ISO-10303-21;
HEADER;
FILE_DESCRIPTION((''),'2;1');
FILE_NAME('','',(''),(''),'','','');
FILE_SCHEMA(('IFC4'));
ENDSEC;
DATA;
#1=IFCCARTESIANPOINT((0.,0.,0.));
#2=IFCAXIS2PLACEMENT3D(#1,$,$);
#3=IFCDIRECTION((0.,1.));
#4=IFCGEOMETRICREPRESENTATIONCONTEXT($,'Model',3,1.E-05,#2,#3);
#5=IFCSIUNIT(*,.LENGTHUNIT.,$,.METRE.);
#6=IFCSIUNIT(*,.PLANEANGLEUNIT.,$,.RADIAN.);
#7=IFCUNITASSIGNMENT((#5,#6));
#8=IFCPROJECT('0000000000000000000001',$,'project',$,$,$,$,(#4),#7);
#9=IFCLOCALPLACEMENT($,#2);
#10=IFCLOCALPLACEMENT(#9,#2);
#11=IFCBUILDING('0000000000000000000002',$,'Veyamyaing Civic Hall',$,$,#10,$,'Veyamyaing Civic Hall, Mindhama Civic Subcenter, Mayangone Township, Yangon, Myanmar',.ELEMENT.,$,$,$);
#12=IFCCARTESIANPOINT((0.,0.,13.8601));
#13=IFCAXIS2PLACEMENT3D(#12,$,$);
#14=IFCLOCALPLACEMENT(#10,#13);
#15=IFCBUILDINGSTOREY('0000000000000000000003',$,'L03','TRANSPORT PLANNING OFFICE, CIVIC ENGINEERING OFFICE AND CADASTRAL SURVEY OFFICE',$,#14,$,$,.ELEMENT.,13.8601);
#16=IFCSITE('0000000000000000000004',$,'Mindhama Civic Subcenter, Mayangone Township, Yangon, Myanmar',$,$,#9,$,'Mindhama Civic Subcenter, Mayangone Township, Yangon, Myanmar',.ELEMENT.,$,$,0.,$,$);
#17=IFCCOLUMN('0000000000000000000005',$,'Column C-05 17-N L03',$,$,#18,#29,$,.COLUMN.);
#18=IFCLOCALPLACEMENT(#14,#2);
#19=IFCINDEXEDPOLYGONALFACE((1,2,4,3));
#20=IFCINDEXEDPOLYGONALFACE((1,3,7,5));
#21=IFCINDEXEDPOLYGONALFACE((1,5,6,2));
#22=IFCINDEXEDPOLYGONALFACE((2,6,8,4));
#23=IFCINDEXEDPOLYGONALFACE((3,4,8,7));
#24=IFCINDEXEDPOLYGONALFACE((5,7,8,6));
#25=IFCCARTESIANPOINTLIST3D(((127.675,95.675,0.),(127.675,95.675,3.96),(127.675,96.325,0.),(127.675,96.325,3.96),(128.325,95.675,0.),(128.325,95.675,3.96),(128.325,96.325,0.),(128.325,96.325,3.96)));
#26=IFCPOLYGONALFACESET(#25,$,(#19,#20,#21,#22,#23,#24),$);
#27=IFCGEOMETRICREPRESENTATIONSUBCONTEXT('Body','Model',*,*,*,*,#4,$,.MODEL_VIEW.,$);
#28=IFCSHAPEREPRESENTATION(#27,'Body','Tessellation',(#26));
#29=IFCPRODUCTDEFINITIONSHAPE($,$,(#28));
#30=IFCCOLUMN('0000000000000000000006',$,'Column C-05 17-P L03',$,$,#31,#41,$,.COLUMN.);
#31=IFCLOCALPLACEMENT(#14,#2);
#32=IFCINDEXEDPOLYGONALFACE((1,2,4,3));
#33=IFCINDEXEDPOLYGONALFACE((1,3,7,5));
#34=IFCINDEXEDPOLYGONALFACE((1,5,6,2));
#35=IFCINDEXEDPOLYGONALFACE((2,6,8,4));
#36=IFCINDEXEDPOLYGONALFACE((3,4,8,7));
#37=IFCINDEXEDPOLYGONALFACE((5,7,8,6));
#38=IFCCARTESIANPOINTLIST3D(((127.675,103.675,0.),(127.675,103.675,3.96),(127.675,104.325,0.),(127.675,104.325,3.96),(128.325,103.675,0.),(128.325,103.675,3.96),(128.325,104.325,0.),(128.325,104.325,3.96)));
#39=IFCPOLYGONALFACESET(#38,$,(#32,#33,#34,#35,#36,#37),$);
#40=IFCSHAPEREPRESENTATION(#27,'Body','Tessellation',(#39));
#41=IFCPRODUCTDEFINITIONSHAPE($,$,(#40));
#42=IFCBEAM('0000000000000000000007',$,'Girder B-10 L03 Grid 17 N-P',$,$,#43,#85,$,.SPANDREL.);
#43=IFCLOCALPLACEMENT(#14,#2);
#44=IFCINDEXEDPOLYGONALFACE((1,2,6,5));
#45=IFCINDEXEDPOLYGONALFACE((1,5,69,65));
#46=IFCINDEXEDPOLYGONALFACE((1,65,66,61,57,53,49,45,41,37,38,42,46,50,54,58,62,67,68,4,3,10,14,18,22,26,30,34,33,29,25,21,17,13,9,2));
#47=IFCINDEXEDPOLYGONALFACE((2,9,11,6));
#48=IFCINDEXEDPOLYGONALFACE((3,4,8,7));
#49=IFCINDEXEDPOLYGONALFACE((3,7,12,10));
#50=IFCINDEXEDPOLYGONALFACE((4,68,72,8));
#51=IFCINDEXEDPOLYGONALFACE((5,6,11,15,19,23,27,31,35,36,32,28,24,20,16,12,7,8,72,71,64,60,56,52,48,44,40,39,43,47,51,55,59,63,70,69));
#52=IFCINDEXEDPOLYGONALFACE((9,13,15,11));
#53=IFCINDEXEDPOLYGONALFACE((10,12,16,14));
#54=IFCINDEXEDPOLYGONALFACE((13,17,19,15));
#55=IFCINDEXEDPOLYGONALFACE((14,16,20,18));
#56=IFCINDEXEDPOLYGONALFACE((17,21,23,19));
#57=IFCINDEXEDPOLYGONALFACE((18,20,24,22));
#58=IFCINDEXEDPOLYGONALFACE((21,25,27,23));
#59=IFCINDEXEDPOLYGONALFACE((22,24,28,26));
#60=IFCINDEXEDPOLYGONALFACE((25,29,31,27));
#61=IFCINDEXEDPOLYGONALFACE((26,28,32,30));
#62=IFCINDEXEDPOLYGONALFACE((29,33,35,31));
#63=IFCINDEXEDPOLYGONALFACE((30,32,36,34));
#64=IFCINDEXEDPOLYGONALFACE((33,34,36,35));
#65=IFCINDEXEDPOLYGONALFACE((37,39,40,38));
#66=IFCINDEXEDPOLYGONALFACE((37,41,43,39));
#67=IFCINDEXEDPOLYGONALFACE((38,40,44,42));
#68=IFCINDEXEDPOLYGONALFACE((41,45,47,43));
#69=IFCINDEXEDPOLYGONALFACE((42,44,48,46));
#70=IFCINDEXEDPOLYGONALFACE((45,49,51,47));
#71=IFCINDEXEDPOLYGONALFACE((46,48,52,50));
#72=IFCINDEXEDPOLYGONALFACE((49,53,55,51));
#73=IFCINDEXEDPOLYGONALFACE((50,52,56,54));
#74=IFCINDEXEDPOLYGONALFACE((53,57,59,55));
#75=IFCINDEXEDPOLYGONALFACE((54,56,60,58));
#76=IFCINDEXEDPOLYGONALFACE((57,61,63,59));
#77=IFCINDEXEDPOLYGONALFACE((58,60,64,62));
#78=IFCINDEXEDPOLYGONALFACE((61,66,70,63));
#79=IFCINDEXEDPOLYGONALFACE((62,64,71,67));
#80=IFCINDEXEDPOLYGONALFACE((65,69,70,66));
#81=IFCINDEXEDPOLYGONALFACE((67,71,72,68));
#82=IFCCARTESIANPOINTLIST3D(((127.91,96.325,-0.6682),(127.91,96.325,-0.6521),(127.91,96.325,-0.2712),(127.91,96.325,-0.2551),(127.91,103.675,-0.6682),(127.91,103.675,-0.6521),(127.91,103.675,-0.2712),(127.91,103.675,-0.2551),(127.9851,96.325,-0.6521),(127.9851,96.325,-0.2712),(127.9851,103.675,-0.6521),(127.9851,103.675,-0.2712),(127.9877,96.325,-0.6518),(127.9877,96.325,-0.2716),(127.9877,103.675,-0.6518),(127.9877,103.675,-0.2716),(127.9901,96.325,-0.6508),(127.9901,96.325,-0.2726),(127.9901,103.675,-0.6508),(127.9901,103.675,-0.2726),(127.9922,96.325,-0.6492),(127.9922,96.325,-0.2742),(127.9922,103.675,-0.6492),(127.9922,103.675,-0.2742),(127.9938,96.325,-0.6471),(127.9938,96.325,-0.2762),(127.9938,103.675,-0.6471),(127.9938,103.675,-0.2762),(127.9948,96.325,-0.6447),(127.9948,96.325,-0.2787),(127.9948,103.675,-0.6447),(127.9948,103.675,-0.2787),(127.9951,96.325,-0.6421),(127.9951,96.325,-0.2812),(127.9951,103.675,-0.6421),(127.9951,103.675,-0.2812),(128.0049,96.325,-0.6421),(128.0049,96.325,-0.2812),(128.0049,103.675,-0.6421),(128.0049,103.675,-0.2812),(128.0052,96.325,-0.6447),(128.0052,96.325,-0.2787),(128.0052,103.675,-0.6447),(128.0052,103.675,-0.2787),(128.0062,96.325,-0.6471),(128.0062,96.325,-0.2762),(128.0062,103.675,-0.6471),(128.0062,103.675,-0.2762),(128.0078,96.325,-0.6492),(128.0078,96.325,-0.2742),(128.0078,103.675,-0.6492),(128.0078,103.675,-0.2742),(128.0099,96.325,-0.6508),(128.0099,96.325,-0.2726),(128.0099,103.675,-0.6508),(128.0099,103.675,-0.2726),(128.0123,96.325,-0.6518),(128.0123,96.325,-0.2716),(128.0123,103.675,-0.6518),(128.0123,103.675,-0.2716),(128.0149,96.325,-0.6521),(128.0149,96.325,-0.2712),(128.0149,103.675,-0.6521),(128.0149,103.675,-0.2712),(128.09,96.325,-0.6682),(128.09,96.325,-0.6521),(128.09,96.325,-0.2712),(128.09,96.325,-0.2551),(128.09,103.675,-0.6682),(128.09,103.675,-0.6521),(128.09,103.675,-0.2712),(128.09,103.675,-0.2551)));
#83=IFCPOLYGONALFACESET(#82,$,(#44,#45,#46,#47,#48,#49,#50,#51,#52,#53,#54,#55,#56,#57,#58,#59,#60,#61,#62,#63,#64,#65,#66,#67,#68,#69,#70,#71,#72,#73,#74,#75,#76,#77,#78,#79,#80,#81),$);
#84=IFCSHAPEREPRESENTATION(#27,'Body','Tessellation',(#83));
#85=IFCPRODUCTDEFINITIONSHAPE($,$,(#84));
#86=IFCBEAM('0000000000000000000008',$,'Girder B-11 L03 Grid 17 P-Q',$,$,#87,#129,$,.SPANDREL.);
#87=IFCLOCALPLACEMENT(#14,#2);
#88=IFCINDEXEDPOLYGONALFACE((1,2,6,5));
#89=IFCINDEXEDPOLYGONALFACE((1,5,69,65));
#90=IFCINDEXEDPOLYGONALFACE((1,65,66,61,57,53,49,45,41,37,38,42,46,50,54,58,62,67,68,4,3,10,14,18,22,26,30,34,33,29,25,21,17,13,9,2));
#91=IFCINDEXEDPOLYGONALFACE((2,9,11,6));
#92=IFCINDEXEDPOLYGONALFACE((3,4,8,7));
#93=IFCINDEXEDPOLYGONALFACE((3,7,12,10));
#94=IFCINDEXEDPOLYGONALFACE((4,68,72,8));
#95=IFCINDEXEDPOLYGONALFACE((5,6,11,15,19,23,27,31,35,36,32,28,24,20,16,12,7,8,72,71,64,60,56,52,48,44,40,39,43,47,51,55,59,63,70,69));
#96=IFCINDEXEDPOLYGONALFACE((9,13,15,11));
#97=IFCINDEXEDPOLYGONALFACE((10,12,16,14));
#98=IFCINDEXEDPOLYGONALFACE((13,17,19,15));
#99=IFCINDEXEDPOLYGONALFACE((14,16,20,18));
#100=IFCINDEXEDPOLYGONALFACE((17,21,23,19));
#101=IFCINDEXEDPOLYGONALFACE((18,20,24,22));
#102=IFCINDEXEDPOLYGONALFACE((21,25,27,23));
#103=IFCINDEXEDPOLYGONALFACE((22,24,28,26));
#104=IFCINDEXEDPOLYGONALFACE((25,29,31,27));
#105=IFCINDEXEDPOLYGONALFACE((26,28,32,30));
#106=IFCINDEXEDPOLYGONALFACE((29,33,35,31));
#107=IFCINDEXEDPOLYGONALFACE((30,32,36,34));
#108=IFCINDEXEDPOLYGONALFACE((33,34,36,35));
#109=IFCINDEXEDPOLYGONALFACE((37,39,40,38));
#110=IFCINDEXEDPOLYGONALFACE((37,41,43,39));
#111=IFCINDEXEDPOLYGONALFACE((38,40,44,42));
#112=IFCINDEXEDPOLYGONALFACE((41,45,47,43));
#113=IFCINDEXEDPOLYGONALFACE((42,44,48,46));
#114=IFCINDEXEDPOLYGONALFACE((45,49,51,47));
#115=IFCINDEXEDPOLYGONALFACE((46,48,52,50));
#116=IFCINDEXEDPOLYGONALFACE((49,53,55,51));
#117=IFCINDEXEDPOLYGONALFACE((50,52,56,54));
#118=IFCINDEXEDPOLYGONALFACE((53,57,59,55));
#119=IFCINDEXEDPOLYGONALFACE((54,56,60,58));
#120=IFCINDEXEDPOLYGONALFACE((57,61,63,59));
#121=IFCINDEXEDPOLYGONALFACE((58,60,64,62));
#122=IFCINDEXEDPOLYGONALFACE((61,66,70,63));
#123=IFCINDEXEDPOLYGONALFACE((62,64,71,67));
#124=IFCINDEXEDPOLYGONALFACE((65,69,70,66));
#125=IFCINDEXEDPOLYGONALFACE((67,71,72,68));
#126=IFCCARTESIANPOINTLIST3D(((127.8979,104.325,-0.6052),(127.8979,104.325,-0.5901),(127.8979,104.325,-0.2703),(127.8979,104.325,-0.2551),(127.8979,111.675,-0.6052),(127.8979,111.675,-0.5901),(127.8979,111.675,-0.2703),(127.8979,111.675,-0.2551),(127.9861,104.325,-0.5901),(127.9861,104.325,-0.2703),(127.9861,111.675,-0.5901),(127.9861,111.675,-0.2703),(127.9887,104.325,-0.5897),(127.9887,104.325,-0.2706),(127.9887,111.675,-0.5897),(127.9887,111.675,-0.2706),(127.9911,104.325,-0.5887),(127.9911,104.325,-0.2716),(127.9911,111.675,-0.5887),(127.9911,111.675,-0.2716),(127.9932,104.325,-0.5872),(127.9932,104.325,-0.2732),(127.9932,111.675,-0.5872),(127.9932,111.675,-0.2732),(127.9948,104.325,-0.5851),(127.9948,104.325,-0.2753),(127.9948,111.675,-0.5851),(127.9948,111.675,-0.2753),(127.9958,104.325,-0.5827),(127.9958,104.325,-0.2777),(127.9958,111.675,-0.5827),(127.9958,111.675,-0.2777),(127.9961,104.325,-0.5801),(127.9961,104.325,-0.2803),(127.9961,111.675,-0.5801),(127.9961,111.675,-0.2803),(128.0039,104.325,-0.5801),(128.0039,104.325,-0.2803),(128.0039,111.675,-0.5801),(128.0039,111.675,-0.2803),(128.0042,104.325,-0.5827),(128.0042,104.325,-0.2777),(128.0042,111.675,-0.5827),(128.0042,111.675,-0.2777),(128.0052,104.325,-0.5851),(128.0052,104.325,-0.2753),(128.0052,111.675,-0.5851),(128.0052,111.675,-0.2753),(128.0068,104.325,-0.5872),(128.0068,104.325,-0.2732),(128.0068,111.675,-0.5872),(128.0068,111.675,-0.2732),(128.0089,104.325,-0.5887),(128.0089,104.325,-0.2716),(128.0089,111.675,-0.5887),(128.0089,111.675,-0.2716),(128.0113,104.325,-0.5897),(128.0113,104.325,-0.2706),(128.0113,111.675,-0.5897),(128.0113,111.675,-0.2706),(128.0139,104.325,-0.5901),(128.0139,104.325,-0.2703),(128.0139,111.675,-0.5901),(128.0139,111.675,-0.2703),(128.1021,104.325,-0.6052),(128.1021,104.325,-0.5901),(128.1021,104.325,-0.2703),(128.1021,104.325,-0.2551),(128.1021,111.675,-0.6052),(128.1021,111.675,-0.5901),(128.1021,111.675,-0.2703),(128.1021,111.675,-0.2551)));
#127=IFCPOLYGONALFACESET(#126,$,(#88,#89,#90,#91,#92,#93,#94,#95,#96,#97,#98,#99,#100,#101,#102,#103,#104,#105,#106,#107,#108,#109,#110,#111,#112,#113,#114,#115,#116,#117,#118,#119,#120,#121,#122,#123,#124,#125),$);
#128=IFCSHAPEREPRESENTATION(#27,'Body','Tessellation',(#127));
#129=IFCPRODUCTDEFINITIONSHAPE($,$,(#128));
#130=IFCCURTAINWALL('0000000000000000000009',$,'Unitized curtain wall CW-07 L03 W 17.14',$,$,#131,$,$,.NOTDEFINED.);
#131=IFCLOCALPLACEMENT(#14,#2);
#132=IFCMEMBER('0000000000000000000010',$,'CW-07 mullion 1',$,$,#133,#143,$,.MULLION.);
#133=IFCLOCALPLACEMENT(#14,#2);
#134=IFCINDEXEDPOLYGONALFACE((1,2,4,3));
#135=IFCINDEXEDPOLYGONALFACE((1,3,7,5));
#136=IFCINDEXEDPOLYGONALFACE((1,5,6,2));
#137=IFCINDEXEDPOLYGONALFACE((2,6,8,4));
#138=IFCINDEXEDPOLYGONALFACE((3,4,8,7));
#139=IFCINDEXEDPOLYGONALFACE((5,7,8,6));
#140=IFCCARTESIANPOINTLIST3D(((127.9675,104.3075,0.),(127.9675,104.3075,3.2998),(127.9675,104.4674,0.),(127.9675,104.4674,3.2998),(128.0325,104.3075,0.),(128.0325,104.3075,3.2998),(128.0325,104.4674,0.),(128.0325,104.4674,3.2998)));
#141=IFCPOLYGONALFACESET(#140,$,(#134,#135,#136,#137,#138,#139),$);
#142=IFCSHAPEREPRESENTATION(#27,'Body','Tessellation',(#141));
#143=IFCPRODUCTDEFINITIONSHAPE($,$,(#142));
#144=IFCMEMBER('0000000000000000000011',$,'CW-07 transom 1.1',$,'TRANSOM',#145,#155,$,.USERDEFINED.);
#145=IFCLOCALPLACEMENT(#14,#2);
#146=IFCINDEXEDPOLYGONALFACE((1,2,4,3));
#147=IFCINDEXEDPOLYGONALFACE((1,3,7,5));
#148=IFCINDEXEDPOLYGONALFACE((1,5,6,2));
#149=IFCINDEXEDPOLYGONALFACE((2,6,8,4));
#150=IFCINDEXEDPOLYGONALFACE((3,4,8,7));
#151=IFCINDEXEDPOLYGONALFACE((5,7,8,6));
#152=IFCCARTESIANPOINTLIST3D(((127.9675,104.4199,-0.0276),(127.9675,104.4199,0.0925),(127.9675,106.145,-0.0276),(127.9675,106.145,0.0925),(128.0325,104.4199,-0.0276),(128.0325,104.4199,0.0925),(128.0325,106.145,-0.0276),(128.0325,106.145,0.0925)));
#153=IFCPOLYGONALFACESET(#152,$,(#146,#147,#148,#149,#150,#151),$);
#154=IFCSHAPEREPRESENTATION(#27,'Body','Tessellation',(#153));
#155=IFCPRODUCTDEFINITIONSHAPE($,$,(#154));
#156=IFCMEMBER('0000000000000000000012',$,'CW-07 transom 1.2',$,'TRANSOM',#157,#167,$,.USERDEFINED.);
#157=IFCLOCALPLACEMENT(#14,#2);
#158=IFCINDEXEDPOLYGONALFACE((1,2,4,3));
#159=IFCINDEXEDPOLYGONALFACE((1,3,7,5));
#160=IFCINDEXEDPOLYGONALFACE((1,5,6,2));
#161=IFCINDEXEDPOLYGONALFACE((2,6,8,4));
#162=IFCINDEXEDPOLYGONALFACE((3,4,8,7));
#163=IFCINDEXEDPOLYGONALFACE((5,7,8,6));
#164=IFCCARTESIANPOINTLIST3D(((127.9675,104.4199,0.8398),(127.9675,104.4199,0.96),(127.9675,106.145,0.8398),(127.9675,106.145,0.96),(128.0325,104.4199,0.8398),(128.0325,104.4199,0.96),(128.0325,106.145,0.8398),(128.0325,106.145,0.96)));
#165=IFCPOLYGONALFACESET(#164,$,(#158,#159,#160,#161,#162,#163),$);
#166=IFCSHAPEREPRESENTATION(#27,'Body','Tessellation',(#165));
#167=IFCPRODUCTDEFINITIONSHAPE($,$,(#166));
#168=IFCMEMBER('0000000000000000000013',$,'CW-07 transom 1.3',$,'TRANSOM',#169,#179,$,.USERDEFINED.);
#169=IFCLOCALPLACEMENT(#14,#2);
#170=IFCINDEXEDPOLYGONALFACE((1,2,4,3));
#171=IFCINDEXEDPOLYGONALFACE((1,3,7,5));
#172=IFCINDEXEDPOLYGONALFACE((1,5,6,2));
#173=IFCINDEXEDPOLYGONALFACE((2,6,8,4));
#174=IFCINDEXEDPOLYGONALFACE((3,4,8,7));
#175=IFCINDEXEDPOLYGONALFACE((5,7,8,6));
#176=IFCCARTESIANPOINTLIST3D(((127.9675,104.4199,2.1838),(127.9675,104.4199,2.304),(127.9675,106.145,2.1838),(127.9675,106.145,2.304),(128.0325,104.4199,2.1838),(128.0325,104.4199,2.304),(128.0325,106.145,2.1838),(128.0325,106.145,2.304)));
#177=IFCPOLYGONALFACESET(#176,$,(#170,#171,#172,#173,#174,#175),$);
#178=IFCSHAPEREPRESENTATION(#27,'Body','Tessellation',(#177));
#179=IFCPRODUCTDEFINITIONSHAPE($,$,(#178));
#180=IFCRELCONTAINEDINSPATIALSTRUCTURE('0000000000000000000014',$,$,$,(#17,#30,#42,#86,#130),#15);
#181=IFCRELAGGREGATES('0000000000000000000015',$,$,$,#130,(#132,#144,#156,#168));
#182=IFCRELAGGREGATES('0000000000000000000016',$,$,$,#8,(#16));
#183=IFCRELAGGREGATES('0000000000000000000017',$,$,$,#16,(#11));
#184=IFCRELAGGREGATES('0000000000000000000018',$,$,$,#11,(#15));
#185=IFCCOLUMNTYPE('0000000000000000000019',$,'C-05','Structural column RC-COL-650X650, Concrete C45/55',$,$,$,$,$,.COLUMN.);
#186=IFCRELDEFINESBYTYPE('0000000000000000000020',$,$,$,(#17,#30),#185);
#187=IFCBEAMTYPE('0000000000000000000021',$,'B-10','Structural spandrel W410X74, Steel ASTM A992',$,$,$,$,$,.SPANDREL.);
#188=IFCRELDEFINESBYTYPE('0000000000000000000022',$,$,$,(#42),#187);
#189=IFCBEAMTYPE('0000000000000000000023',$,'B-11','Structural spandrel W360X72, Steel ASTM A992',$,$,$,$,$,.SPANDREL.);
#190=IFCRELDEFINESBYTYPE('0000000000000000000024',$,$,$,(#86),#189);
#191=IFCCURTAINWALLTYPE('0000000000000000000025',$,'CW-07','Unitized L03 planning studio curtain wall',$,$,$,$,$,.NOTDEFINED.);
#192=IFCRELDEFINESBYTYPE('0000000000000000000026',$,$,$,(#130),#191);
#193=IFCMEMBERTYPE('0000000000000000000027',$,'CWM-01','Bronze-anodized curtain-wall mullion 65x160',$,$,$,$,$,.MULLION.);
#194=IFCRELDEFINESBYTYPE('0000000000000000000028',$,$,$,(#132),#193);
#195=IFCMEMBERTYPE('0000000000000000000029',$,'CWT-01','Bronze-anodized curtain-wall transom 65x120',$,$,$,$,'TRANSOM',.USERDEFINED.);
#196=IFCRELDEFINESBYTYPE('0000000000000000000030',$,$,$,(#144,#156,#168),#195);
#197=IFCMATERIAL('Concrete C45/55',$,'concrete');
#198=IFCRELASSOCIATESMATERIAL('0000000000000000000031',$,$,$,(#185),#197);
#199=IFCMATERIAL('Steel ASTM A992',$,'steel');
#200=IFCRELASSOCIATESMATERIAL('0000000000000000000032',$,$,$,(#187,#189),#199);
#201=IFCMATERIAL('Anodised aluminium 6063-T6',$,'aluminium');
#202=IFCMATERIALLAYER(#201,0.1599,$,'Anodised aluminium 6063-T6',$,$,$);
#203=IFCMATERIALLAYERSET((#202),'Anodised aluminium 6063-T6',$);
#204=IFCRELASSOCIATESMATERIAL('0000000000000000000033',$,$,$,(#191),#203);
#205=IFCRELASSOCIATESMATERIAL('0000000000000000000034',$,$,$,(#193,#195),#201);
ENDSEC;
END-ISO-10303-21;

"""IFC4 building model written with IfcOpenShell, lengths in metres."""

from ifc_helpers import new_model, si_unit, direction, frame, origin, origin_2d, place, context, subcontext, project, spatial, rectangle, i_section, extrude, material, layer, layer_set, material_profile, profile_set, type_object, element, aggregate, save


model = new_model("IFC4")

# Units and contexts
model_context = context("Model", 3, precision=1e-05, world=origin(), true_north=direction((0.0, 1.0)))
body_context = subcontext(model_context, "Body", "Model", "MODEL_VIEW")
ifc_project = project(units=[si_unit("LENGTHUNIT", "METRE"), si_unit("PLANEANGLEUNIT", "RADIAN")], contexts=[model_context])

# Site, building, storey
site_placement = place(None, origin())
site = spatial("IfcSite", under=ifc_project, at=site_placement, Name="Mindhama Civic Subcenter, Mayangone Township, Yangon, Myanmar", LongName="Mindhama Civic Subcenter, Mayangone Township, Yangon, Myanmar", CompositionType="ELEMENT", RefElevation=0.0)
building_placement = place(site_placement, origin())
building = spatial("IfcBuilding", under=site, at=building_placement, Name="Veyamyaing Civic Hall", LongName="Veyamyaing Civic Hall, Mindhama Civic Subcenter, Mayangone Township, Yangon, Myanmar", CompositionType="ELEMENT")
storey_placement = place(building_placement, frame((0.0, 0.0, 13.8601)))
storey = spatial("IfcBuildingStorey", under=building, at=storey_placement, Name="L03", Description="TRANSPORT PLANNING OFFICE, CIVIC ENGINEERING OFFICE AND CADASTRAL SURVEY OFFICE", CompositionType="ELEMENT", Elevation=13.8601)

# Columns
ifc_material_1 = material(Name="Concrete C45/55", Category="concrete")
ifc_material_profile_1 = material_profile(ifc_material_1, rectangle(XDim=0.6499, YDim=0.6499, at=origin_2d()), Name="RC-COL-650X650")
ifc_profile_set_1 = profile_set([ifc_material_profile_1], Name="Concrete C45/55")
column_type = type_object("IfcColumnType", Name="C-05", Description="Structural column RC-COL-650X650, Concrete C45/55", PredefinedType="COLUMN", material=ifc_profile_set_1)
for number, where, z_axis, x_axis, name in (
    (1, (128.0, 96.0, 0.0), (0.0, 0.0, 1.0), (1.0, 0.0, 0.0), "Column C-05 17-N L03"),
    (2, (128.0, 104.0, 0.0), (0.0, 0.0, 1.0), (1.0, 0.0, 0.0), "Column C-05 17-P L03"),
):
    element("IfcColumn", number, at=place(storey_placement, frame(where, z_axis=z_axis, x_axis=x_axis)), inside=storey, type_object=column_type, Name=name, PredefinedType="COLUMN", context=body_context, shape_type="SweptSolid", body=[
        extrude(rectangle(XDim=0.6499, YDim=0.6499, at=origin_2d()), origin(), (0.0, 0.0, 1.0), 3.96),
    ])

# Beams
ifc_material_2 = material(Name="Steel ASTM A992", Category="steel")
ifc_material_profile_2 = material_profile(ifc_material_2, i_section(OverallWidth=0.1799, OverallDepth=0.4131, WebThickness=0.0098, FlangeThickness=0.0161, FilletRadius=0.01, at=origin_2d()), Name="W410X74")
ifc_profile_set_2 = profile_set([ifc_material_profile_2], Name="Steel ASTM A992")
beam_type_1 = type_object("IfcBeamType", Name="B-10", Description="Structural spandrel W410X74, Steel ASTM A992", PredefinedType="SPANDREL", material=ifc_profile_set_2)
beam_1_placement = place(storey_placement, frame((128.0, 96.325, -0.4617), z_axis=(0.0, 1.0, 0.0), x_axis=(-1.0, 0.0, 0.0)))
element("IfcBeam", 3, at=beam_1_placement, inside=storey, type_object=beam_type_1, Name="Girder B-10 L03 Grid 17 N-P", PredefinedType="SPANDREL", context=body_context, shape_type="SweptSolid", body=[
    extrude(i_section(OverallWidth=0.1799, OverallDepth=0.4131, WebThickness=0.0098, FlangeThickness=0.0161, FilletRadius=0.01, at=origin_2d()), origin(), (0.0, 0.0, 1.0), 7.3501),
])
ifc_material_profile_3 = material_profile(ifc_material_2, i_section(OverallWidth=0.2041, OverallDepth=0.3501, WebThickness=0.0078, FlangeThickness=0.0151, FilletRadius=0.01, at=origin_2d()), Name="W360X72")
ifc_profile_set_3 = profile_set([ifc_material_profile_3], Name="Steel ASTM A992")
beam_type_2 = type_object("IfcBeamType", Name="B-11", Description="Structural spandrel W360X72, Steel ASTM A992", PredefinedType="SPANDREL", material=ifc_profile_set_3)
beam_2_placement = place(storey_placement, frame((128.0, 104.325, -0.4302), z_axis=(0.0, 1.0, 0.0), x_axis=(-1.0, 0.0, 0.0)))
element("IfcBeam", 4, at=beam_2_placement, inside=storey, type_object=beam_type_2, Name="Girder B-11 L03 Grid 17 P-Q", PredefinedType="SPANDREL", context=body_context, shape_type="SweptSolid", body=[
    extrude(i_section(OverallWidth=0.2041, OverallDepth=0.3501, WebThickness=0.0078, FlangeThickness=0.0151, FilletRadius=0.01, at=origin_2d()), origin(), (0.0, 0.0, 1.0), 7.3501),
])

# Curtain wall, members
ifc_material_3 = material(Name="Anodised aluminium 6063-T6", Category="aluminium")
ifc_layer_1 = layer(ifc_material_3, 0.1599, Name="Anodised aluminium 6063-T6")
ifc_layer_set_1 = layer_set([ifc_layer_1], Name="Anodised aluminium 6063-T6")
curtain_wall_type = type_object("IfcCurtainWallType", Name="CW-07", Description="Unitized L03 planning studio curtain wall", PredefinedType="NOTDEFINED", material=ifc_layer_set_1)
curtain_wall_placement = place(storey_placement, origin())
curtain_wall = element("IfcCurtainWall", 5, at=curtain_wall_placement, inside=storey, type_object=curtain_wall_type, Name="Unitized curtain wall CW-07 L03 W 17.14", PredefinedType="NOTDEFINED")
ifc_material_profile_4 = material_profile(ifc_material_3, rectangle(XDim=0.0649, YDim=0.1599, at=origin_2d()), Name="ALU-MUL-65X160")
ifc_profile_set_4 = profile_set([ifc_material_profile_4], Name="Anodised aluminium 6063-T6")
member_type_1 = type_object("IfcMemberType", Name="CWM-01", Description="Bronze-anodized curtain-wall mullion 65x160", PredefinedType="MULLION", material=ifc_profile_set_4)
member_1_placement = place(storey_placement, frame((128.0, 104.3875, 0.0), z_axis=(0.0, 0.0, 1.0), x_axis=(-1.0, 0.0, 0.0)))
member_1 = element("IfcMember", 6, at=member_1_placement, type_object=member_type_1, Name="CW-07 mullion 1", PredefinedType="MULLION", context=body_context, shape_type="SweptSolid", body=[
    extrude(rectangle(XDim=0.0649, YDim=0.1599, at=origin_2d()), origin(), (0.0, 0.0, 1.0), 3.2998),
])
ifc_material_profile_5 = material_profile(ifc_material_3, rectangle(XDim=0.0649, YDim=0.1201, at=origin_2d()), Name="ALU-TRN-65X120")
ifc_profile_set_5 = profile_set([ifc_material_profile_5], Name="Anodised aluminium 6063-T6")
member_type_2 = type_object("IfcMemberType", Name="CWT-01", Description="Bronze-anodized curtain-wall transom 65x120", ElementType="TRANSOM", PredefinedType="USERDEFINED", material=ifc_profile_set_5)
member_2_placement = place(storey_placement, frame((128.0, 104.4199, 0.0325), z_axis=(0.0, 1.0, 0.0), x_axis=(-1.0, 0.0, 0.0)))
member_2 = element("IfcMember", 7, at=member_2_placement, type_object=member_type_2, Name="CW-07 transom 1.1", ObjectType="TRANSOM", PredefinedType="USERDEFINED", context=body_context, shape_type="SweptSolid", body=[
    extrude(rectangle(XDim=0.0649, YDim=0.1201, at=origin_2d()), origin(), (0.0, 0.0, 1.0), 1.7251),
])
member_3_placement = place(storey_placement, frame((128.0, 104.4199, 0.8999), z_axis=(0.0, 1.0, 0.0), x_axis=(-1.0, 0.0, 0.0)))
member_3 = element("IfcMember", 8, at=member_3_placement, type_object=member_type_2, Name="CW-07 transom 1.2", ObjectType="TRANSOM", PredefinedType="USERDEFINED", context=body_context, shape_type="SweptSolid", body=[
    extrude(rectangle(XDim=0.0649, YDim=0.1201, at=origin_2d()), origin(), (0.0, 0.0, 1.0), 1.7251),
])
member_4_placement = place(storey_placement, frame((128.0, 104.4199, 2.2439), z_axis=(0.0, 1.0, 0.0), x_axis=(-1.0, 0.0, 0.0)))
member_4 = element("IfcMember", 9, at=member_4_placement, type_object=member_type_2, Name="CW-07 transom 1.3", ObjectType="TRANSOM", PredefinedType="USERDEFINED", context=body_context, shape_type="SweptSolid", body=[
    extrude(rectangle(XDim=0.0649, YDim=0.1201, at=origin_2d()), origin(), (0.0, 0.0, 1.0), 1.7251),
])
aggregate(curtain_wall, [member_1, member_2, member_3, member_4])

save(model, "model.ifc")
